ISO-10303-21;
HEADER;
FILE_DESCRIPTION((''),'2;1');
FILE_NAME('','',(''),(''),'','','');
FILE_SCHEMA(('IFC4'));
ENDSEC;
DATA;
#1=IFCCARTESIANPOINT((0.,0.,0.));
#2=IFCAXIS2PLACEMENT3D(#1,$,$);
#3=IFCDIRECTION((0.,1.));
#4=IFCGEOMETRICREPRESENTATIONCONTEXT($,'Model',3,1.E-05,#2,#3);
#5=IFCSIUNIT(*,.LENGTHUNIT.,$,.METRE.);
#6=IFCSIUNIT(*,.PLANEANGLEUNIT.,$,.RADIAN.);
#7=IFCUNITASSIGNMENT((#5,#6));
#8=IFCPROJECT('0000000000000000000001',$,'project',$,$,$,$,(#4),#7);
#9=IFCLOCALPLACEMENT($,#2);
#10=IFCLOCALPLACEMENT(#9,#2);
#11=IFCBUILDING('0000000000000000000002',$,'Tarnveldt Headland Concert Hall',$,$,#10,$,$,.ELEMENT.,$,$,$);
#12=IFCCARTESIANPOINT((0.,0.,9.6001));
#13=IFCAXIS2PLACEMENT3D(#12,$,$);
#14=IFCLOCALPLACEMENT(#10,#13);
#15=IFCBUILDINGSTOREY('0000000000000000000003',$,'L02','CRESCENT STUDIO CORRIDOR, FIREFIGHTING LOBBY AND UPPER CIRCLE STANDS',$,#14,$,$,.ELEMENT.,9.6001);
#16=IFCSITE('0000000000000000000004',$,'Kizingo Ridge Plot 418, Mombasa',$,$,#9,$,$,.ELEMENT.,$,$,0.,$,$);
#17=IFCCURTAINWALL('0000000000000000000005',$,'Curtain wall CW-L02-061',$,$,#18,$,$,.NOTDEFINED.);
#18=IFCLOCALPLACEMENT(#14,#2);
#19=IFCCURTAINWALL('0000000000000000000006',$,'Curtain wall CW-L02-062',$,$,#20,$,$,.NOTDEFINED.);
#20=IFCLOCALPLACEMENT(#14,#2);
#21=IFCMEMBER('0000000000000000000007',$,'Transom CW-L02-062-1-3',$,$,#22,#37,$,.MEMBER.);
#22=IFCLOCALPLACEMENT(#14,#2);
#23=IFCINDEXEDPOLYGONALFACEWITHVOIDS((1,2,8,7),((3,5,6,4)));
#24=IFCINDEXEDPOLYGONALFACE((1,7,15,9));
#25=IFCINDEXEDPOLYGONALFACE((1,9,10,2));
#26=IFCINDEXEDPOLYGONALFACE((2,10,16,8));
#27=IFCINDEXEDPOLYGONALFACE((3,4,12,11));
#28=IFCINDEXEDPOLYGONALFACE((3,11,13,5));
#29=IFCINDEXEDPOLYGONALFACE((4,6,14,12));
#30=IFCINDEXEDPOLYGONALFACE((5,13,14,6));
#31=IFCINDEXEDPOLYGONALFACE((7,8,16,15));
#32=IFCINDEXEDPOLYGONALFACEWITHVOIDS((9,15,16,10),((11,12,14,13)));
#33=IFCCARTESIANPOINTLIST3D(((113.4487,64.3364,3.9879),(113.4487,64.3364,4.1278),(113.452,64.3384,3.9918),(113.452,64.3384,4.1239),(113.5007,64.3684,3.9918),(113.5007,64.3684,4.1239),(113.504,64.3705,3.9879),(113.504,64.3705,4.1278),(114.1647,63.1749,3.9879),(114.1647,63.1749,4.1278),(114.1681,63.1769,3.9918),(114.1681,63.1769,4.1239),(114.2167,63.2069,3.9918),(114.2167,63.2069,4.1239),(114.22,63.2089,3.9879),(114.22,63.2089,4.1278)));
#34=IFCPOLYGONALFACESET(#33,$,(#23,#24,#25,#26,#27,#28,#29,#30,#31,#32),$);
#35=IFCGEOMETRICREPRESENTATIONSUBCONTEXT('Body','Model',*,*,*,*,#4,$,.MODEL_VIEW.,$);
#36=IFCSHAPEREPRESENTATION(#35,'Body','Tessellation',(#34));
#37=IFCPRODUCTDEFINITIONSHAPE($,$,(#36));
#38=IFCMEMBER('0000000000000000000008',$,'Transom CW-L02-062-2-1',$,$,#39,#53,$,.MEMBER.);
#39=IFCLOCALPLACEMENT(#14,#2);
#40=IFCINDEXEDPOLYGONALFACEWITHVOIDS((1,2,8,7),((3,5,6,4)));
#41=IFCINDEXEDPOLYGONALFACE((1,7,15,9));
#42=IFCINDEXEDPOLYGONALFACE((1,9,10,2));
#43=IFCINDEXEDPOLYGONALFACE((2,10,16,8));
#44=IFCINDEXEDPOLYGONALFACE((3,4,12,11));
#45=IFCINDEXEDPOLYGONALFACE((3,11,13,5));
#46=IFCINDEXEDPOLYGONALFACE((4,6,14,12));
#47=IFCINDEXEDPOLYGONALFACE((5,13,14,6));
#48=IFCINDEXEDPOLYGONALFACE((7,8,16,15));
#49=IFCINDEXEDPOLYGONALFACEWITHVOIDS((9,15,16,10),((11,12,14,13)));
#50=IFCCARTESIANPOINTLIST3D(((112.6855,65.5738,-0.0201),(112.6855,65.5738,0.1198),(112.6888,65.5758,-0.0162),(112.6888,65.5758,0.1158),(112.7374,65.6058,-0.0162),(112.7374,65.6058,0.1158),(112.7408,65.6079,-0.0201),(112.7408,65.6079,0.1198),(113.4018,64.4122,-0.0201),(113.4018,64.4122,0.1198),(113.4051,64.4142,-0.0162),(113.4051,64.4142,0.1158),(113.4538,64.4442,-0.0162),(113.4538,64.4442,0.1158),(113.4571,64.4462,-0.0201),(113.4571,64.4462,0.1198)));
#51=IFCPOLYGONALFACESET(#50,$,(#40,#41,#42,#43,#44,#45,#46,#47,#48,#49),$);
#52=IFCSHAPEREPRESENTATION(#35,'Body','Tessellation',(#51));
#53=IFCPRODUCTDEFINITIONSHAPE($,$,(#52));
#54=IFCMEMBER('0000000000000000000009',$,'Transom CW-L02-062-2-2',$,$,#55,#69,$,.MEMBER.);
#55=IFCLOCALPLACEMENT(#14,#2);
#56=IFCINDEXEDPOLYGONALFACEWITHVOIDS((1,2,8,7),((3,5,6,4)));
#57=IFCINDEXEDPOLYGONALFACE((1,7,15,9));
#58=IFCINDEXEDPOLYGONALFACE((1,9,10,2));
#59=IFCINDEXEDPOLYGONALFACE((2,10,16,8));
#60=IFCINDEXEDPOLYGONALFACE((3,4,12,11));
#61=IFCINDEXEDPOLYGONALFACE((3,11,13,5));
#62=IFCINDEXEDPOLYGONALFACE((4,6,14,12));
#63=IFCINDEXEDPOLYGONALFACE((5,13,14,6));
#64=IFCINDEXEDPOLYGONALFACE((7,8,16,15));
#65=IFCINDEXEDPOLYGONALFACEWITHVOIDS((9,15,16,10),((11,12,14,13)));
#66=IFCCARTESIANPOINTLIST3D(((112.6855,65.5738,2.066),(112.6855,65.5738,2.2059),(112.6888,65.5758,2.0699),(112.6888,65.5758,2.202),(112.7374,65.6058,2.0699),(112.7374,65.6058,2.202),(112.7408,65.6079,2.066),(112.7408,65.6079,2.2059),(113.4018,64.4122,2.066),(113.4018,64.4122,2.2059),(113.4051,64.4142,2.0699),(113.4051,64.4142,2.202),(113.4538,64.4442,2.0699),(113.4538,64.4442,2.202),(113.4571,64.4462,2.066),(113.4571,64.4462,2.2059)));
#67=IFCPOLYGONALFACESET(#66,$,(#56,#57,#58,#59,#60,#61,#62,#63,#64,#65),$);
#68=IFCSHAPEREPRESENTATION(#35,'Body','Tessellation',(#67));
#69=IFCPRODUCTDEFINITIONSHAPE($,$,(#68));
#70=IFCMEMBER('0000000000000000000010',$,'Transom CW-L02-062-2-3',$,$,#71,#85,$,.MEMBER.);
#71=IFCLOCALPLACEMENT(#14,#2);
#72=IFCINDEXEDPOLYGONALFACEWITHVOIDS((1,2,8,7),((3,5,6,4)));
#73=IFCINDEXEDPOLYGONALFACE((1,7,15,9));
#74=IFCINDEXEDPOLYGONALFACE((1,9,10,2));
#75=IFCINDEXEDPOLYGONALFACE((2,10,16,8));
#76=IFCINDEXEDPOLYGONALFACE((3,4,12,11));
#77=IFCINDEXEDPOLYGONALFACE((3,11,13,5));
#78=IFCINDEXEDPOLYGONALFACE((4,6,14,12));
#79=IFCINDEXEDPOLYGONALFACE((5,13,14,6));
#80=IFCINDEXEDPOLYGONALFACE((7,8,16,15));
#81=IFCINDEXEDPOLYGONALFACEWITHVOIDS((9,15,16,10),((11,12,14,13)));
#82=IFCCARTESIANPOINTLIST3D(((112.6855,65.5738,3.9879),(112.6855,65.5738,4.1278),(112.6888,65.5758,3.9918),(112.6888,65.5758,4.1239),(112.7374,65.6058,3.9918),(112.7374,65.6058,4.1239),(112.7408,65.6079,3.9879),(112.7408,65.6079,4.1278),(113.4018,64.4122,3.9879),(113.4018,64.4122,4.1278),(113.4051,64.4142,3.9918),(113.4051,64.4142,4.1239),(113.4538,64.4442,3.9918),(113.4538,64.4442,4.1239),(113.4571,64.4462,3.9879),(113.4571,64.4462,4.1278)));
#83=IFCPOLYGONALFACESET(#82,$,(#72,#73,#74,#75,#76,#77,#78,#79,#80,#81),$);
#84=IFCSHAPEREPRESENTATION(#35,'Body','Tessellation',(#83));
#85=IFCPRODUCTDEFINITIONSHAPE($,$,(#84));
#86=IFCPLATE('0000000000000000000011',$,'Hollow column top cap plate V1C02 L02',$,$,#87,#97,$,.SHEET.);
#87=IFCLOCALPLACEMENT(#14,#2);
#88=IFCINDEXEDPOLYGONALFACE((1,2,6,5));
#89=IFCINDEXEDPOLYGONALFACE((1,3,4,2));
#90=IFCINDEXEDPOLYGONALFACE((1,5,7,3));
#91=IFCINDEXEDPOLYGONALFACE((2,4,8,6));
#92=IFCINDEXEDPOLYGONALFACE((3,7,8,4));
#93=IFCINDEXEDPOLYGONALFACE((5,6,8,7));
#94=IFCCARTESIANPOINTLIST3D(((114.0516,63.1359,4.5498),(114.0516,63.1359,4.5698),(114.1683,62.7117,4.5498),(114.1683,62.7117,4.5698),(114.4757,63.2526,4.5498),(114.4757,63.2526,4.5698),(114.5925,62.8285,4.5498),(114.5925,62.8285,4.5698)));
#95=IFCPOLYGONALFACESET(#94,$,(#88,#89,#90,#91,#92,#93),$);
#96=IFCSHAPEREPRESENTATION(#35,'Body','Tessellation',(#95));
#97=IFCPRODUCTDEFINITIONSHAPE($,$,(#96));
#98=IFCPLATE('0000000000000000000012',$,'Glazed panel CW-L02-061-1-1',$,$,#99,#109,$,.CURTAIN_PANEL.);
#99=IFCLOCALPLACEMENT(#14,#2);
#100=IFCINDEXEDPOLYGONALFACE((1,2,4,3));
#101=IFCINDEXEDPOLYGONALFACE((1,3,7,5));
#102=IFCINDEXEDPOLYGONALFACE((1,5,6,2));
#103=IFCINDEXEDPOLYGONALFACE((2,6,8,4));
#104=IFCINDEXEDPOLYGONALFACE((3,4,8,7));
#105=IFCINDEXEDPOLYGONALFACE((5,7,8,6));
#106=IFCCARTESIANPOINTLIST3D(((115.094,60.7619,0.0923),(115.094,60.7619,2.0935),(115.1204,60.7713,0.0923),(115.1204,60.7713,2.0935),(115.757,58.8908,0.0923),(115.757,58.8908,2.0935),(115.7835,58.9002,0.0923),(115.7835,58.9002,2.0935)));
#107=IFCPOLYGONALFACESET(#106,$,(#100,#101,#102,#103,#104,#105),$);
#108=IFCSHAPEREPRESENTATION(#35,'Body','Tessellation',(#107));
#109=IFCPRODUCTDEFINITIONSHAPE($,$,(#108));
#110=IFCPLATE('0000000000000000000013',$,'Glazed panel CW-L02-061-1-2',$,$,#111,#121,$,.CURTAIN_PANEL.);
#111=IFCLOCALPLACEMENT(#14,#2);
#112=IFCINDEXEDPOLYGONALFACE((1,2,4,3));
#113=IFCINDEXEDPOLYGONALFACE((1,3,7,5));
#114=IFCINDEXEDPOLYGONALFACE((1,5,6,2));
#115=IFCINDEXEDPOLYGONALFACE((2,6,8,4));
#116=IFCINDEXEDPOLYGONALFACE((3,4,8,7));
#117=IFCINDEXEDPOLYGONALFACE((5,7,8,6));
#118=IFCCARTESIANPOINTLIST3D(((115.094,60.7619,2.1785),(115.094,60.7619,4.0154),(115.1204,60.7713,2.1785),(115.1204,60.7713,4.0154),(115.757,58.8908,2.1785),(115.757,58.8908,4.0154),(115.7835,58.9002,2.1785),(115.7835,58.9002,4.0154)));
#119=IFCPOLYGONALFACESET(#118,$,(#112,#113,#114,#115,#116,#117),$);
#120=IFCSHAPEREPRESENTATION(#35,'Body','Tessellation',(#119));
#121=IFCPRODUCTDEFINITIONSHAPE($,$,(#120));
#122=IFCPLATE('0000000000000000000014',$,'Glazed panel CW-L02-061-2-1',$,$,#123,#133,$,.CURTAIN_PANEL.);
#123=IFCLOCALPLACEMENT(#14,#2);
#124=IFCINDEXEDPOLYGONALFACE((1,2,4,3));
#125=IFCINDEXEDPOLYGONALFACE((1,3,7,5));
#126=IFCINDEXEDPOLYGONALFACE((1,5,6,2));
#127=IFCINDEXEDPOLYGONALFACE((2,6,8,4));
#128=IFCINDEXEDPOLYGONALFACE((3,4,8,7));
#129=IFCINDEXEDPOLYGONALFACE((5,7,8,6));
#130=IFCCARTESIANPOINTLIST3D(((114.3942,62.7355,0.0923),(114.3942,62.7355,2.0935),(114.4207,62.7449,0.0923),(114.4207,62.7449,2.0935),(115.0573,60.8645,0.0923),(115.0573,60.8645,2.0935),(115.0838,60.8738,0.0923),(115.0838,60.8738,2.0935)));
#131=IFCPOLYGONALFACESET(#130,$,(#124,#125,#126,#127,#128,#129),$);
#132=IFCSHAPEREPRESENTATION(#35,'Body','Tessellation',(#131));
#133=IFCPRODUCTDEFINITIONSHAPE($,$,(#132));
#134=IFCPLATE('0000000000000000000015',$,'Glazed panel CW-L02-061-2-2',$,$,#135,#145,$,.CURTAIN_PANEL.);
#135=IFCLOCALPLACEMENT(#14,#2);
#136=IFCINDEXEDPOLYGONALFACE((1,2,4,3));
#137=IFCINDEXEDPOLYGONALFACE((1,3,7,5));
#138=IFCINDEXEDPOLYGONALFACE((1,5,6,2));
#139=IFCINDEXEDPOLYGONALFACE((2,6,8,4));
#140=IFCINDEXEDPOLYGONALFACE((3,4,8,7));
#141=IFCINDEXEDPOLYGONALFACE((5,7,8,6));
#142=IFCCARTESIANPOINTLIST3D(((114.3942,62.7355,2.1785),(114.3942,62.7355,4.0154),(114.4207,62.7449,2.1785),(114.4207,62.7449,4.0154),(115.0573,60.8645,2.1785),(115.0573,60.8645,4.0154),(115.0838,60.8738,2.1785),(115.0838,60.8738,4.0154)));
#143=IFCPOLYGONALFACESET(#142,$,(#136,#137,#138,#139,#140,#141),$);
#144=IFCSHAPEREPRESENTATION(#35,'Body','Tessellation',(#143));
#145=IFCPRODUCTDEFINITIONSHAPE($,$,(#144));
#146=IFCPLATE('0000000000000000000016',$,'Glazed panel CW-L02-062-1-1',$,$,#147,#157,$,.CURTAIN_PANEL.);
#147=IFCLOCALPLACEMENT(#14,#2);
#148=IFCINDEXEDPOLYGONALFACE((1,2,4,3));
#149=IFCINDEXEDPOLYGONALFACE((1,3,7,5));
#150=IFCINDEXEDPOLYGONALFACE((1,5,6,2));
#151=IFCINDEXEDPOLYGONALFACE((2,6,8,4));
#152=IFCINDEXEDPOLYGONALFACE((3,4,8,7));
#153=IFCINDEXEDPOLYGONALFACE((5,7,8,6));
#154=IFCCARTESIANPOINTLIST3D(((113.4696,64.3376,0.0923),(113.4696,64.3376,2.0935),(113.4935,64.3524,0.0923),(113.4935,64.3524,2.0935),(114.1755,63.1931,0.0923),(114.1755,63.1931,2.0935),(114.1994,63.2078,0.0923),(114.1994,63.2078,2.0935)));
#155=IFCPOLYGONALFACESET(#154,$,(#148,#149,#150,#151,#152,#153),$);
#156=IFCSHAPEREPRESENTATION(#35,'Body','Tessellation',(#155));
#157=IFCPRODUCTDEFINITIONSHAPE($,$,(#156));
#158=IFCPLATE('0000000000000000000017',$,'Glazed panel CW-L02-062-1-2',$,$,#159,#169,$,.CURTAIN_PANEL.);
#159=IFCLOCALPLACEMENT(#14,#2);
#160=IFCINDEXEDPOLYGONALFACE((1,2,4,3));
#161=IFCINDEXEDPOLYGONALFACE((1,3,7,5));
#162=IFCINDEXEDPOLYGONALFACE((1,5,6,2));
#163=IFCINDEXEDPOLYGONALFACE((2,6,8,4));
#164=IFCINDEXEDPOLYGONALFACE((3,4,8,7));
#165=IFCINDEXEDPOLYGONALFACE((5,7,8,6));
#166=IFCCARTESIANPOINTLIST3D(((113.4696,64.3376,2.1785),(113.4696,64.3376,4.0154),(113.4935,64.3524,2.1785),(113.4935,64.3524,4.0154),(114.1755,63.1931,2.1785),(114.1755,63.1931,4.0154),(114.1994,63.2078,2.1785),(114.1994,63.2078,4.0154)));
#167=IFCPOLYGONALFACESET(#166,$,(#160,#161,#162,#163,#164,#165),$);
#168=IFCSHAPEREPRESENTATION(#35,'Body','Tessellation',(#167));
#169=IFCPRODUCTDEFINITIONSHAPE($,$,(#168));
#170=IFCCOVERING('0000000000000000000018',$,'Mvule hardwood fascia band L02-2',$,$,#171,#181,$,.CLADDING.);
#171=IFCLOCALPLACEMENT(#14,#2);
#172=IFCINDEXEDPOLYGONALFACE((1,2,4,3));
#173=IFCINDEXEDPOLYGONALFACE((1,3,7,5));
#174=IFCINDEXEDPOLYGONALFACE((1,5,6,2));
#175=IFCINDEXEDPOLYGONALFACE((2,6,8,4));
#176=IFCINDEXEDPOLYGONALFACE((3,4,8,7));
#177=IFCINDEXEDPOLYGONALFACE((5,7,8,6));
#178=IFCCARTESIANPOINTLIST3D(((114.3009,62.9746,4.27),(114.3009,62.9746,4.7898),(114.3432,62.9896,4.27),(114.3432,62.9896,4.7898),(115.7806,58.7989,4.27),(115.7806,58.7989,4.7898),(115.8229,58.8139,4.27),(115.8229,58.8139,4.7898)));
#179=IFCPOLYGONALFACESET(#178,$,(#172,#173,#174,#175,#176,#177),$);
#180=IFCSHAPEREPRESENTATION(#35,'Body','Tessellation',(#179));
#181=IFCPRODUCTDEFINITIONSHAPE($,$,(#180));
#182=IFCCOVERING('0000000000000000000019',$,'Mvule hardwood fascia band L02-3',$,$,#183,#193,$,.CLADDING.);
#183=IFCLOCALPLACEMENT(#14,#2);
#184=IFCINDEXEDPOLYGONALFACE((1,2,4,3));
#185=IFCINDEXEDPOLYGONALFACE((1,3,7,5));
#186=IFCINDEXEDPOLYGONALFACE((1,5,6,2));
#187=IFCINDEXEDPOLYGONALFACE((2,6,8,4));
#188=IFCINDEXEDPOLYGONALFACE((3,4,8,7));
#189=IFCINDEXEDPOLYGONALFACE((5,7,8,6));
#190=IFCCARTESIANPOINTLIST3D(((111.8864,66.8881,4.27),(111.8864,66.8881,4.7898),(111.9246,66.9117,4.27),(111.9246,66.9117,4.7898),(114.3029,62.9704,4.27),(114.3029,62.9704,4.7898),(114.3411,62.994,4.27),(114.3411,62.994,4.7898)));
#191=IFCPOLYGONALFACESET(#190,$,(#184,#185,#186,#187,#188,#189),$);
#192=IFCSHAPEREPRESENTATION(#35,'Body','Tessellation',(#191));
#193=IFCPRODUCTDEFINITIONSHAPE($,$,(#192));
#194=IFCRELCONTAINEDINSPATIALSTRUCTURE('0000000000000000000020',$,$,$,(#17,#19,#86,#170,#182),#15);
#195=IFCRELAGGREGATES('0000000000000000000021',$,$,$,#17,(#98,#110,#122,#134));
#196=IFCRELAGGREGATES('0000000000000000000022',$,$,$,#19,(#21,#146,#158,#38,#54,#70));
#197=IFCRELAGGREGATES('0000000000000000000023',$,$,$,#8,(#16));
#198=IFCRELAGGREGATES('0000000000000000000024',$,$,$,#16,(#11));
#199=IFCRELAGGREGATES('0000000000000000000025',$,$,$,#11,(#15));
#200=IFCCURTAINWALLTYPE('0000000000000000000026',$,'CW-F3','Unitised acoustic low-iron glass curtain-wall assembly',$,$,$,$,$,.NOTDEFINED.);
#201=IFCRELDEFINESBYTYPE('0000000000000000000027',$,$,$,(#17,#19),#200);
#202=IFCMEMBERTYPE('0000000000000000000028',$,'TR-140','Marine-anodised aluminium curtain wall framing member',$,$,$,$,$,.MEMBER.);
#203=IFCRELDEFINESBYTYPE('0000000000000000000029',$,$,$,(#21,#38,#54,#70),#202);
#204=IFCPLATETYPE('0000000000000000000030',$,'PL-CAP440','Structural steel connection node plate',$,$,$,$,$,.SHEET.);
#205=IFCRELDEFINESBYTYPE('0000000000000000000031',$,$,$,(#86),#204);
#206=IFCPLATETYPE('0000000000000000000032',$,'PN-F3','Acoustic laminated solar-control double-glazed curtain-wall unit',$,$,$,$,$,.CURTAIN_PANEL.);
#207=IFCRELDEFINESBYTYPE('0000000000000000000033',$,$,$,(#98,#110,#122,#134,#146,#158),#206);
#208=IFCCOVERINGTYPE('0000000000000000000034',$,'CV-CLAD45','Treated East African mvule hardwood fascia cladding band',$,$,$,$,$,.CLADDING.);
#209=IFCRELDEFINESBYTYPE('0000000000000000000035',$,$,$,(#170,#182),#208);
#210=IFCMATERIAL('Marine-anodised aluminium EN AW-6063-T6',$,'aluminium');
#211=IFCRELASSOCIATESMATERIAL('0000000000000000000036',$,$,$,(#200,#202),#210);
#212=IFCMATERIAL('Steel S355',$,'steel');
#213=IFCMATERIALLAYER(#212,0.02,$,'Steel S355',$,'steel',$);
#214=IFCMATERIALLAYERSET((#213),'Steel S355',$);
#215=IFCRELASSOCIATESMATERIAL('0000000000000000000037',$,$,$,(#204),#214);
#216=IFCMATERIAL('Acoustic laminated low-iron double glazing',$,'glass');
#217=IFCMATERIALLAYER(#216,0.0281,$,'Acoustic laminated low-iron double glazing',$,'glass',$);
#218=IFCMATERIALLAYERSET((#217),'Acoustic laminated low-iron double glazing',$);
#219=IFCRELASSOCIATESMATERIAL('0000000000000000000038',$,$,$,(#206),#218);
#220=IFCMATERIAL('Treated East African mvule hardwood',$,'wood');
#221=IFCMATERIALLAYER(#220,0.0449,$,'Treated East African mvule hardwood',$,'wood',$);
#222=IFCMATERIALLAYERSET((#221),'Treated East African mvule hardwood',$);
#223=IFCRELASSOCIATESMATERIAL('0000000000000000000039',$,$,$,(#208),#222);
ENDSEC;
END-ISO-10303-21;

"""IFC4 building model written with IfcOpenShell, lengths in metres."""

from ifc_helpers import new_model, si_unit, direction, frame, frame_2d, origin, origin_2d, place, context, subcontext, project, spatial, rectangle, hollow_rectangle, extrude, material, layer, layer_set, material_profile, profile_set, type_object, element, aggregate, save


model = new_model("IFC4")

# Units and contexts
model_context = context("Model", 3, precision=1e-05, world=origin(), true_north=direction((0.0, 1.0)))
body_context = subcontext(model_context, "Body", "Model", "MODEL_VIEW")
ifc_project = project(units=[si_unit("LENGTHUNIT", "METRE"), si_unit("PLANEANGLEUNIT", "RADIAN")], contexts=[model_context])

# Site, building, storey
site_placement = place(None, origin())
site = spatial("IfcSite", under=ifc_project, at=site_placement, Name="Kizingo Ridge Plot 418, Mombasa", CompositionType="ELEMENT", RefElevation=0.0)
building_placement = place(site_placement, origin())
building = spatial("IfcBuilding", under=site, at=building_placement, Name="Tarnveldt Headland Concert Hall", CompositionType="ELEMENT")
storey_placement = place(building_placement, frame((0.0, 0.0, 9.6001)))
storey = spatial("IfcBuildingStorey", under=building, at=storey_placement, Name="L02", Description="CRESCENT STUDIO CORRIDOR, FIREFIGHTING LOBBY AND UPPER CIRCLE STANDS", CompositionType="ELEMENT", Elevation=9.6001)

# Shared definitions
ifc_material_1 = material(Name="Steel S355", Category="steel")

# Curtain walls
ifc_material_2 = material(Name="Marine-anodised aluminium EN AW-6063-T6", Category="aluminium")
curtain_wall_type = type_object("IfcCurtainWallType", Name="CW-F3", Description="Unitised acoustic low-iron glass curtain-wall assembly", PredefinedType="NOTDEFINED", material=ifc_material_2)
curtain_wall_1_placement = place(storey_placement, origin())
curtain_wall_1 = element("IfcCurtainWall", 1, at=curtain_wall_1_placement, inside=storey, type_object=curtain_wall_type, Name="Curtain wall CW-L02-061", PredefinedType="NOTDEFINED")
curtain_wall_2_placement = place(storey_placement, origin())
curtain_wall_2 = element("IfcCurtainWall", 2, at=curtain_wall_2_placement, inside=storey, type_object=curtain_wall_type, Name="Curtain wall CW-L02-062", PredefinedType="NOTDEFINED")

# Members
ifc_material_profile_1 = material_profile(ifc_material_2, hollow_rectangle(XDim=0.0649, YDim=0.1399, WallThickness=0.0039, at=origin_2d()), Name="ALU TRANSOM 65x140x4", Category="aluminium")
ifc_profile_set_1 = profile_set([ifc_material_profile_1], Name="Marine-anodised aluminium EN AW-6063-T6")
member_type_1 = type_object("IfcMemberType", Name="TR-140", Description="Marine-anodised aluminium curtain wall framing member", PredefinedType="MEMBER", material=ifc_profile_set_1)
member_1_placement = place(storey_placement, frame((114.1924, 63.1919, 4.0579), z_axis=(-0.524746, 0.851259, 0.0), x_axis=(-0.851259, -0.524746, 0.0)))
member_1 = element("IfcMember", 3, at=member_1_placement, type_object=member_type_1, Name="Transom CW-L02-062-1-3", PredefinedType="MEMBER", context=body_context, shape_type="SweptSolid", body=[
    extrude(hollow_rectangle(XDim=0.0649, YDim=0.1399, WallThickness=0.0039, at=origin_2d()), origin(), (0.0, 0.0, 1.0), 1.3645),
])
member_2_placement = place(storey_placement, frame((113.4294, 64.4292, 0.0498), z_axis=(-0.524876, 0.851179, 0.0), x_axis=(-0.851179, -0.524876, 0.0)))
member_2 = element("IfcMember", 4, at=member_2_placement, type_object=member_type_1, Name="Transom CW-L02-062-2-1", PredefinedType="MEMBER", context=body_context, shape_type="SweptSolid", body=[
    extrude(hollow_rectangle(XDim=0.0649, YDim=0.1399, WallThickness=0.0039, at=origin_2d()), origin(), (0.0, 0.0, 1.0), 1.3647),
])
member_3_placement = place(storey_placement, frame((113.4294, 64.4292, 2.136), z_axis=(-0.524876, 0.851179, 0.0), x_axis=(-0.851179, -0.524876, 0.0)))
member_3 = element("IfcMember", 5, at=member_3_placement, type_object=member_type_1, Name="Transom CW-L02-062-2-2", PredefinedType="MEMBER", context=body_context, shape_type="SweptSolid", body=[
    extrude(hollow_rectangle(XDim=0.0649, YDim=0.1399, WallThickness=0.0039, at=origin_2d()), origin(), (0.0, 0.0, 1.0), 1.3647),
])
member_4_placement = place(storey_placement, frame((113.4294, 64.4292, 4.0579), z_axis=(-0.524876, 0.851179, 0.0), x_axis=(-0.851179, -0.524876, 0.0)))
member_4 = element("IfcMember", 6, at=member_4_placement, type_object=member_type_1, Name="Transom CW-L02-062-2-3", PredefinedType="MEMBER", context=body_context, shape_type="SweptSolid", body=[
    extrude(hollow_rectangle(XDim=0.0649, YDim=0.1399, WallThickness=0.0039, at=origin_2d()), origin(), (0.0, 0.0, 1.0), 1.3647),
])

# Plates
ifc_layer_1 = layer(ifc_material_1, 0.02, Name="Steel S355", Category="steel")
ifc_layer_set_1 = layer_set([ifc_layer_1], Name="Steel S355")
plate_type_1 = type_object("IfcPlateType", Name="PL-CAP440", Description="Structural steel connection node plate", PredefinedType="SHEET", material=ifc_layer_set_1)
plate_1_placement = place(storey_placement, frame((114.322, 62.9822, 4.5498), z_axis=(0.0, 0.0, 1.0), x_axis=(0.964142, 0.265388, 0.0)))
element("IfcPlate", 7, at=plate_1_placement, inside=storey, type_object=plate_type_1, Name="Hollow column top cap plate V1C02 L02", PredefinedType="SHEET", context=body_context, shape_type="SweptSolid", body=[
    extrude(rectangle(XDim=0.4399, YDim=0.4399, at=origin_2d()), origin(), (0.0, 0.0, 1.0), 0.02),
])
ifc_material_3 = material(Name="Acoustic laminated low-iron double glazing", Category="glass")
ifc_layer_2 = layer(ifc_material_3, 0.0281, Name="Acoustic laminated low-iron double glazing", Category="glass")
ifc_layer_set_2 = layer_set([ifc_layer_2], Name="Acoustic laminated low-iron double glazing")
plate_type_2 = type_object("IfcPlateType", Name="PN-F3", Description="Acoustic laminated solar-control double-glazed curtain-wall unit", PredefinedType="CURTAIN_PANEL", material=ifc_layer_set_2)
plate_2_placement = place(storey_placement, frame((115.4387, 59.8311, 0.0923), z_axis=(0.0, 0.0, 1.0), x_axis=(-0.334021, 0.942566, 0.0)))
plate_2 = element("IfcPlate", 8, at=plate_2_placement, type_object=plate_type_2, Name="Glazed panel CW-L02-061-1-1", PredefinedType="CURTAIN_PANEL", context=body_context, shape_type="SweptSolid", body=[
    extrude(rectangle(XDim=1.9851, YDim=0.0281, at=origin_2d()), origin(), (0.0, 0.0, 1.0), 2.0012),
])
plate_3_placement = place(storey_placement, frame((115.4387, 59.8311, 2.1785), z_axis=(0.0, 0.0, 1.0), x_axis=(-0.334021, 0.942566, 0.0)))
plate_3 = element("IfcPlate", 9, at=plate_3_placement, type_object=plate_type_2, Name="Glazed panel CW-L02-061-1-2", PredefinedType="CURTAIN_PANEL", context=body_context, shape_type="SweptSolid", body=[
    extrude(rectangle(XDim=1.9851, YDim=0.0281, at=origin_2d()), origin(), (0.0, 0.0, 1.0), 1.8369),
])
plate_4_placement = place(storey_placement, frame((114.739, 61.8047, 0.0923), z_axis=(0.0, 0.0, 1.0), x_axis=(-0.334021, 0.942566, 0.0)))
plate_4 = element("IfcPlate", 10, at=plate_4_placement, type_object=plate_type_2, Name="Glazed panel CW-L02-061-2-1", PredefinedType="CURTAIN_PANEL", context=body_context, shape_type="SweptSolid", body=[
    extrude(rectangle(XDim=1.9851, YDim=0.0281, at=origin_2d()), origin(), (0.0, 0.0, 1.0), 2.0012),
])
plate_5_placement = place(storey_placement, frame((114.739, 61.8047, 2.1785), z_axis=(0.0, 0.0, 1.0), x_axis=(-0.334021, 0.942566, 0.0)))
plate_5 = element("IfcPlate", 11, at=plate_5_placement, type_object=plate_type_2, Name="Glazed panel CW-L02-061-2-2", PredefinedType="CURTAIN_PANEL", context=body_context, shape_type="SweptSolid", body=[
    extrude(rectangle(XDim=1.9851, YDim=0.0281, at=origin_2d()), origin(), (0.0, 0.0, 1.0), 1.8369),
])
aggregate(curtain_wall_1, [plate_2, plate_3, plate_4, plate_5])
plate_6_placement = place(storey_placement, frame((113.8345, 63.7727, 0.0923), z_axis=(0.0, 0.0, 1.0), x_axis=(-0.524922, 0.85115, 0.0)))
plate_6 = element("IfcPlate", 12, at=plate_6_placement, type_object=plate_type_2, Name="Glazed panel CW-L02-062-1-1", PredefinedType="CURTAIN_PANEL", context=body_context, shape_type="SweptSolid", body=[
    extrude(rectangle(XDim=1.3447, YDim=0.0281, at=origin_2d()), origin(), (0.0, 0.0, 1.0), 2.0012),
])
plate_7_placement = place(storey_placement, frame((113.8345, 63.7727, 2.1785), z_axis=(0.0, 0.0, 1.0), x_axis=(-0.524922, 0.85115, 0.0)))
plate_7 = element("IfcPlate", 13, at=plate_7_placement, type_object=plate_type_2, Name="Glazed panel CW-L02-062-1-2", PredefinedType="CURTAIN_PANEL", context=body_context, shape_type="SweptSolid", body=[
    extrude(rectangle(XDim=1.3447, YDim=0.0281, at=origin_2d()), origin(), (0.0, 0.0, 1.0), 1.8369),
])
aggregate(curtain_wall_2, [member_1, plate_6, plate_7, member_2, member_3, member_4])

# Coverings
ifc_material_4 = material(Name="Treated East African mvule hardwood", Category="wood")
ifc_layer_3 = layer(ifc_material_4, 0.0449, Name="Treated East African mvule hardwood", Category="wood")
ifc_layer_set_3 = layer_set([ifc_layer_3], Name="Treated East African mvule hardwood")
covering_type = type_object("IfcCoveringType", Name="CV-CLAD45", Description="Treated East African mvule hardwood fascia cladding band", PredefinedType="CLADDING", material=ifc_layer_set_3)
covering_1_placement = place(storey_placement, frame((115.8018, 58.8064, 4.27), z_axis=(0.0, 0.0, 1.0), x_axis=(-0.33401, 0.942569, 0.0)))
element("IfcCovering", 14, at=covering_1_placement, inside=storey, type_object=covering_type, Name="Mvule hardwood fascia band L02-2", PredefinedType="CLADDING", context=body_context, shape_type="SweptSolid", body=[
    extrude(rectangle(XDim=4.4302, YDim=0.0449, at=frame_2d((2.2151, 0.0))), origin(), (0.0, 0.0, 1.0), 0.5198),
])
covering_2_placement = place(storey_placement, frame((114.322, 62.9822, 4.27), z_axis=(0.0, 0.0, 1.0), x_axis=(-0.524979, 0.851115, 0.0)))
element("IfcCovering", 15, at=covering_2_placement, inside=storey, type_object=covering_type, Name="Mvule hardwood fascia band L02-3", PredefinedType="CLADDING", context=body_context, shape_type="SweptSolid", body=[
    extrude(rectangle(XDim=4.603, YDim=0.0449, at=frame_2d((2.3015, 0.0))), origin(), (0.0, 0.0, 1.0), 0.5198),
])

save(model, "model.ifc")
